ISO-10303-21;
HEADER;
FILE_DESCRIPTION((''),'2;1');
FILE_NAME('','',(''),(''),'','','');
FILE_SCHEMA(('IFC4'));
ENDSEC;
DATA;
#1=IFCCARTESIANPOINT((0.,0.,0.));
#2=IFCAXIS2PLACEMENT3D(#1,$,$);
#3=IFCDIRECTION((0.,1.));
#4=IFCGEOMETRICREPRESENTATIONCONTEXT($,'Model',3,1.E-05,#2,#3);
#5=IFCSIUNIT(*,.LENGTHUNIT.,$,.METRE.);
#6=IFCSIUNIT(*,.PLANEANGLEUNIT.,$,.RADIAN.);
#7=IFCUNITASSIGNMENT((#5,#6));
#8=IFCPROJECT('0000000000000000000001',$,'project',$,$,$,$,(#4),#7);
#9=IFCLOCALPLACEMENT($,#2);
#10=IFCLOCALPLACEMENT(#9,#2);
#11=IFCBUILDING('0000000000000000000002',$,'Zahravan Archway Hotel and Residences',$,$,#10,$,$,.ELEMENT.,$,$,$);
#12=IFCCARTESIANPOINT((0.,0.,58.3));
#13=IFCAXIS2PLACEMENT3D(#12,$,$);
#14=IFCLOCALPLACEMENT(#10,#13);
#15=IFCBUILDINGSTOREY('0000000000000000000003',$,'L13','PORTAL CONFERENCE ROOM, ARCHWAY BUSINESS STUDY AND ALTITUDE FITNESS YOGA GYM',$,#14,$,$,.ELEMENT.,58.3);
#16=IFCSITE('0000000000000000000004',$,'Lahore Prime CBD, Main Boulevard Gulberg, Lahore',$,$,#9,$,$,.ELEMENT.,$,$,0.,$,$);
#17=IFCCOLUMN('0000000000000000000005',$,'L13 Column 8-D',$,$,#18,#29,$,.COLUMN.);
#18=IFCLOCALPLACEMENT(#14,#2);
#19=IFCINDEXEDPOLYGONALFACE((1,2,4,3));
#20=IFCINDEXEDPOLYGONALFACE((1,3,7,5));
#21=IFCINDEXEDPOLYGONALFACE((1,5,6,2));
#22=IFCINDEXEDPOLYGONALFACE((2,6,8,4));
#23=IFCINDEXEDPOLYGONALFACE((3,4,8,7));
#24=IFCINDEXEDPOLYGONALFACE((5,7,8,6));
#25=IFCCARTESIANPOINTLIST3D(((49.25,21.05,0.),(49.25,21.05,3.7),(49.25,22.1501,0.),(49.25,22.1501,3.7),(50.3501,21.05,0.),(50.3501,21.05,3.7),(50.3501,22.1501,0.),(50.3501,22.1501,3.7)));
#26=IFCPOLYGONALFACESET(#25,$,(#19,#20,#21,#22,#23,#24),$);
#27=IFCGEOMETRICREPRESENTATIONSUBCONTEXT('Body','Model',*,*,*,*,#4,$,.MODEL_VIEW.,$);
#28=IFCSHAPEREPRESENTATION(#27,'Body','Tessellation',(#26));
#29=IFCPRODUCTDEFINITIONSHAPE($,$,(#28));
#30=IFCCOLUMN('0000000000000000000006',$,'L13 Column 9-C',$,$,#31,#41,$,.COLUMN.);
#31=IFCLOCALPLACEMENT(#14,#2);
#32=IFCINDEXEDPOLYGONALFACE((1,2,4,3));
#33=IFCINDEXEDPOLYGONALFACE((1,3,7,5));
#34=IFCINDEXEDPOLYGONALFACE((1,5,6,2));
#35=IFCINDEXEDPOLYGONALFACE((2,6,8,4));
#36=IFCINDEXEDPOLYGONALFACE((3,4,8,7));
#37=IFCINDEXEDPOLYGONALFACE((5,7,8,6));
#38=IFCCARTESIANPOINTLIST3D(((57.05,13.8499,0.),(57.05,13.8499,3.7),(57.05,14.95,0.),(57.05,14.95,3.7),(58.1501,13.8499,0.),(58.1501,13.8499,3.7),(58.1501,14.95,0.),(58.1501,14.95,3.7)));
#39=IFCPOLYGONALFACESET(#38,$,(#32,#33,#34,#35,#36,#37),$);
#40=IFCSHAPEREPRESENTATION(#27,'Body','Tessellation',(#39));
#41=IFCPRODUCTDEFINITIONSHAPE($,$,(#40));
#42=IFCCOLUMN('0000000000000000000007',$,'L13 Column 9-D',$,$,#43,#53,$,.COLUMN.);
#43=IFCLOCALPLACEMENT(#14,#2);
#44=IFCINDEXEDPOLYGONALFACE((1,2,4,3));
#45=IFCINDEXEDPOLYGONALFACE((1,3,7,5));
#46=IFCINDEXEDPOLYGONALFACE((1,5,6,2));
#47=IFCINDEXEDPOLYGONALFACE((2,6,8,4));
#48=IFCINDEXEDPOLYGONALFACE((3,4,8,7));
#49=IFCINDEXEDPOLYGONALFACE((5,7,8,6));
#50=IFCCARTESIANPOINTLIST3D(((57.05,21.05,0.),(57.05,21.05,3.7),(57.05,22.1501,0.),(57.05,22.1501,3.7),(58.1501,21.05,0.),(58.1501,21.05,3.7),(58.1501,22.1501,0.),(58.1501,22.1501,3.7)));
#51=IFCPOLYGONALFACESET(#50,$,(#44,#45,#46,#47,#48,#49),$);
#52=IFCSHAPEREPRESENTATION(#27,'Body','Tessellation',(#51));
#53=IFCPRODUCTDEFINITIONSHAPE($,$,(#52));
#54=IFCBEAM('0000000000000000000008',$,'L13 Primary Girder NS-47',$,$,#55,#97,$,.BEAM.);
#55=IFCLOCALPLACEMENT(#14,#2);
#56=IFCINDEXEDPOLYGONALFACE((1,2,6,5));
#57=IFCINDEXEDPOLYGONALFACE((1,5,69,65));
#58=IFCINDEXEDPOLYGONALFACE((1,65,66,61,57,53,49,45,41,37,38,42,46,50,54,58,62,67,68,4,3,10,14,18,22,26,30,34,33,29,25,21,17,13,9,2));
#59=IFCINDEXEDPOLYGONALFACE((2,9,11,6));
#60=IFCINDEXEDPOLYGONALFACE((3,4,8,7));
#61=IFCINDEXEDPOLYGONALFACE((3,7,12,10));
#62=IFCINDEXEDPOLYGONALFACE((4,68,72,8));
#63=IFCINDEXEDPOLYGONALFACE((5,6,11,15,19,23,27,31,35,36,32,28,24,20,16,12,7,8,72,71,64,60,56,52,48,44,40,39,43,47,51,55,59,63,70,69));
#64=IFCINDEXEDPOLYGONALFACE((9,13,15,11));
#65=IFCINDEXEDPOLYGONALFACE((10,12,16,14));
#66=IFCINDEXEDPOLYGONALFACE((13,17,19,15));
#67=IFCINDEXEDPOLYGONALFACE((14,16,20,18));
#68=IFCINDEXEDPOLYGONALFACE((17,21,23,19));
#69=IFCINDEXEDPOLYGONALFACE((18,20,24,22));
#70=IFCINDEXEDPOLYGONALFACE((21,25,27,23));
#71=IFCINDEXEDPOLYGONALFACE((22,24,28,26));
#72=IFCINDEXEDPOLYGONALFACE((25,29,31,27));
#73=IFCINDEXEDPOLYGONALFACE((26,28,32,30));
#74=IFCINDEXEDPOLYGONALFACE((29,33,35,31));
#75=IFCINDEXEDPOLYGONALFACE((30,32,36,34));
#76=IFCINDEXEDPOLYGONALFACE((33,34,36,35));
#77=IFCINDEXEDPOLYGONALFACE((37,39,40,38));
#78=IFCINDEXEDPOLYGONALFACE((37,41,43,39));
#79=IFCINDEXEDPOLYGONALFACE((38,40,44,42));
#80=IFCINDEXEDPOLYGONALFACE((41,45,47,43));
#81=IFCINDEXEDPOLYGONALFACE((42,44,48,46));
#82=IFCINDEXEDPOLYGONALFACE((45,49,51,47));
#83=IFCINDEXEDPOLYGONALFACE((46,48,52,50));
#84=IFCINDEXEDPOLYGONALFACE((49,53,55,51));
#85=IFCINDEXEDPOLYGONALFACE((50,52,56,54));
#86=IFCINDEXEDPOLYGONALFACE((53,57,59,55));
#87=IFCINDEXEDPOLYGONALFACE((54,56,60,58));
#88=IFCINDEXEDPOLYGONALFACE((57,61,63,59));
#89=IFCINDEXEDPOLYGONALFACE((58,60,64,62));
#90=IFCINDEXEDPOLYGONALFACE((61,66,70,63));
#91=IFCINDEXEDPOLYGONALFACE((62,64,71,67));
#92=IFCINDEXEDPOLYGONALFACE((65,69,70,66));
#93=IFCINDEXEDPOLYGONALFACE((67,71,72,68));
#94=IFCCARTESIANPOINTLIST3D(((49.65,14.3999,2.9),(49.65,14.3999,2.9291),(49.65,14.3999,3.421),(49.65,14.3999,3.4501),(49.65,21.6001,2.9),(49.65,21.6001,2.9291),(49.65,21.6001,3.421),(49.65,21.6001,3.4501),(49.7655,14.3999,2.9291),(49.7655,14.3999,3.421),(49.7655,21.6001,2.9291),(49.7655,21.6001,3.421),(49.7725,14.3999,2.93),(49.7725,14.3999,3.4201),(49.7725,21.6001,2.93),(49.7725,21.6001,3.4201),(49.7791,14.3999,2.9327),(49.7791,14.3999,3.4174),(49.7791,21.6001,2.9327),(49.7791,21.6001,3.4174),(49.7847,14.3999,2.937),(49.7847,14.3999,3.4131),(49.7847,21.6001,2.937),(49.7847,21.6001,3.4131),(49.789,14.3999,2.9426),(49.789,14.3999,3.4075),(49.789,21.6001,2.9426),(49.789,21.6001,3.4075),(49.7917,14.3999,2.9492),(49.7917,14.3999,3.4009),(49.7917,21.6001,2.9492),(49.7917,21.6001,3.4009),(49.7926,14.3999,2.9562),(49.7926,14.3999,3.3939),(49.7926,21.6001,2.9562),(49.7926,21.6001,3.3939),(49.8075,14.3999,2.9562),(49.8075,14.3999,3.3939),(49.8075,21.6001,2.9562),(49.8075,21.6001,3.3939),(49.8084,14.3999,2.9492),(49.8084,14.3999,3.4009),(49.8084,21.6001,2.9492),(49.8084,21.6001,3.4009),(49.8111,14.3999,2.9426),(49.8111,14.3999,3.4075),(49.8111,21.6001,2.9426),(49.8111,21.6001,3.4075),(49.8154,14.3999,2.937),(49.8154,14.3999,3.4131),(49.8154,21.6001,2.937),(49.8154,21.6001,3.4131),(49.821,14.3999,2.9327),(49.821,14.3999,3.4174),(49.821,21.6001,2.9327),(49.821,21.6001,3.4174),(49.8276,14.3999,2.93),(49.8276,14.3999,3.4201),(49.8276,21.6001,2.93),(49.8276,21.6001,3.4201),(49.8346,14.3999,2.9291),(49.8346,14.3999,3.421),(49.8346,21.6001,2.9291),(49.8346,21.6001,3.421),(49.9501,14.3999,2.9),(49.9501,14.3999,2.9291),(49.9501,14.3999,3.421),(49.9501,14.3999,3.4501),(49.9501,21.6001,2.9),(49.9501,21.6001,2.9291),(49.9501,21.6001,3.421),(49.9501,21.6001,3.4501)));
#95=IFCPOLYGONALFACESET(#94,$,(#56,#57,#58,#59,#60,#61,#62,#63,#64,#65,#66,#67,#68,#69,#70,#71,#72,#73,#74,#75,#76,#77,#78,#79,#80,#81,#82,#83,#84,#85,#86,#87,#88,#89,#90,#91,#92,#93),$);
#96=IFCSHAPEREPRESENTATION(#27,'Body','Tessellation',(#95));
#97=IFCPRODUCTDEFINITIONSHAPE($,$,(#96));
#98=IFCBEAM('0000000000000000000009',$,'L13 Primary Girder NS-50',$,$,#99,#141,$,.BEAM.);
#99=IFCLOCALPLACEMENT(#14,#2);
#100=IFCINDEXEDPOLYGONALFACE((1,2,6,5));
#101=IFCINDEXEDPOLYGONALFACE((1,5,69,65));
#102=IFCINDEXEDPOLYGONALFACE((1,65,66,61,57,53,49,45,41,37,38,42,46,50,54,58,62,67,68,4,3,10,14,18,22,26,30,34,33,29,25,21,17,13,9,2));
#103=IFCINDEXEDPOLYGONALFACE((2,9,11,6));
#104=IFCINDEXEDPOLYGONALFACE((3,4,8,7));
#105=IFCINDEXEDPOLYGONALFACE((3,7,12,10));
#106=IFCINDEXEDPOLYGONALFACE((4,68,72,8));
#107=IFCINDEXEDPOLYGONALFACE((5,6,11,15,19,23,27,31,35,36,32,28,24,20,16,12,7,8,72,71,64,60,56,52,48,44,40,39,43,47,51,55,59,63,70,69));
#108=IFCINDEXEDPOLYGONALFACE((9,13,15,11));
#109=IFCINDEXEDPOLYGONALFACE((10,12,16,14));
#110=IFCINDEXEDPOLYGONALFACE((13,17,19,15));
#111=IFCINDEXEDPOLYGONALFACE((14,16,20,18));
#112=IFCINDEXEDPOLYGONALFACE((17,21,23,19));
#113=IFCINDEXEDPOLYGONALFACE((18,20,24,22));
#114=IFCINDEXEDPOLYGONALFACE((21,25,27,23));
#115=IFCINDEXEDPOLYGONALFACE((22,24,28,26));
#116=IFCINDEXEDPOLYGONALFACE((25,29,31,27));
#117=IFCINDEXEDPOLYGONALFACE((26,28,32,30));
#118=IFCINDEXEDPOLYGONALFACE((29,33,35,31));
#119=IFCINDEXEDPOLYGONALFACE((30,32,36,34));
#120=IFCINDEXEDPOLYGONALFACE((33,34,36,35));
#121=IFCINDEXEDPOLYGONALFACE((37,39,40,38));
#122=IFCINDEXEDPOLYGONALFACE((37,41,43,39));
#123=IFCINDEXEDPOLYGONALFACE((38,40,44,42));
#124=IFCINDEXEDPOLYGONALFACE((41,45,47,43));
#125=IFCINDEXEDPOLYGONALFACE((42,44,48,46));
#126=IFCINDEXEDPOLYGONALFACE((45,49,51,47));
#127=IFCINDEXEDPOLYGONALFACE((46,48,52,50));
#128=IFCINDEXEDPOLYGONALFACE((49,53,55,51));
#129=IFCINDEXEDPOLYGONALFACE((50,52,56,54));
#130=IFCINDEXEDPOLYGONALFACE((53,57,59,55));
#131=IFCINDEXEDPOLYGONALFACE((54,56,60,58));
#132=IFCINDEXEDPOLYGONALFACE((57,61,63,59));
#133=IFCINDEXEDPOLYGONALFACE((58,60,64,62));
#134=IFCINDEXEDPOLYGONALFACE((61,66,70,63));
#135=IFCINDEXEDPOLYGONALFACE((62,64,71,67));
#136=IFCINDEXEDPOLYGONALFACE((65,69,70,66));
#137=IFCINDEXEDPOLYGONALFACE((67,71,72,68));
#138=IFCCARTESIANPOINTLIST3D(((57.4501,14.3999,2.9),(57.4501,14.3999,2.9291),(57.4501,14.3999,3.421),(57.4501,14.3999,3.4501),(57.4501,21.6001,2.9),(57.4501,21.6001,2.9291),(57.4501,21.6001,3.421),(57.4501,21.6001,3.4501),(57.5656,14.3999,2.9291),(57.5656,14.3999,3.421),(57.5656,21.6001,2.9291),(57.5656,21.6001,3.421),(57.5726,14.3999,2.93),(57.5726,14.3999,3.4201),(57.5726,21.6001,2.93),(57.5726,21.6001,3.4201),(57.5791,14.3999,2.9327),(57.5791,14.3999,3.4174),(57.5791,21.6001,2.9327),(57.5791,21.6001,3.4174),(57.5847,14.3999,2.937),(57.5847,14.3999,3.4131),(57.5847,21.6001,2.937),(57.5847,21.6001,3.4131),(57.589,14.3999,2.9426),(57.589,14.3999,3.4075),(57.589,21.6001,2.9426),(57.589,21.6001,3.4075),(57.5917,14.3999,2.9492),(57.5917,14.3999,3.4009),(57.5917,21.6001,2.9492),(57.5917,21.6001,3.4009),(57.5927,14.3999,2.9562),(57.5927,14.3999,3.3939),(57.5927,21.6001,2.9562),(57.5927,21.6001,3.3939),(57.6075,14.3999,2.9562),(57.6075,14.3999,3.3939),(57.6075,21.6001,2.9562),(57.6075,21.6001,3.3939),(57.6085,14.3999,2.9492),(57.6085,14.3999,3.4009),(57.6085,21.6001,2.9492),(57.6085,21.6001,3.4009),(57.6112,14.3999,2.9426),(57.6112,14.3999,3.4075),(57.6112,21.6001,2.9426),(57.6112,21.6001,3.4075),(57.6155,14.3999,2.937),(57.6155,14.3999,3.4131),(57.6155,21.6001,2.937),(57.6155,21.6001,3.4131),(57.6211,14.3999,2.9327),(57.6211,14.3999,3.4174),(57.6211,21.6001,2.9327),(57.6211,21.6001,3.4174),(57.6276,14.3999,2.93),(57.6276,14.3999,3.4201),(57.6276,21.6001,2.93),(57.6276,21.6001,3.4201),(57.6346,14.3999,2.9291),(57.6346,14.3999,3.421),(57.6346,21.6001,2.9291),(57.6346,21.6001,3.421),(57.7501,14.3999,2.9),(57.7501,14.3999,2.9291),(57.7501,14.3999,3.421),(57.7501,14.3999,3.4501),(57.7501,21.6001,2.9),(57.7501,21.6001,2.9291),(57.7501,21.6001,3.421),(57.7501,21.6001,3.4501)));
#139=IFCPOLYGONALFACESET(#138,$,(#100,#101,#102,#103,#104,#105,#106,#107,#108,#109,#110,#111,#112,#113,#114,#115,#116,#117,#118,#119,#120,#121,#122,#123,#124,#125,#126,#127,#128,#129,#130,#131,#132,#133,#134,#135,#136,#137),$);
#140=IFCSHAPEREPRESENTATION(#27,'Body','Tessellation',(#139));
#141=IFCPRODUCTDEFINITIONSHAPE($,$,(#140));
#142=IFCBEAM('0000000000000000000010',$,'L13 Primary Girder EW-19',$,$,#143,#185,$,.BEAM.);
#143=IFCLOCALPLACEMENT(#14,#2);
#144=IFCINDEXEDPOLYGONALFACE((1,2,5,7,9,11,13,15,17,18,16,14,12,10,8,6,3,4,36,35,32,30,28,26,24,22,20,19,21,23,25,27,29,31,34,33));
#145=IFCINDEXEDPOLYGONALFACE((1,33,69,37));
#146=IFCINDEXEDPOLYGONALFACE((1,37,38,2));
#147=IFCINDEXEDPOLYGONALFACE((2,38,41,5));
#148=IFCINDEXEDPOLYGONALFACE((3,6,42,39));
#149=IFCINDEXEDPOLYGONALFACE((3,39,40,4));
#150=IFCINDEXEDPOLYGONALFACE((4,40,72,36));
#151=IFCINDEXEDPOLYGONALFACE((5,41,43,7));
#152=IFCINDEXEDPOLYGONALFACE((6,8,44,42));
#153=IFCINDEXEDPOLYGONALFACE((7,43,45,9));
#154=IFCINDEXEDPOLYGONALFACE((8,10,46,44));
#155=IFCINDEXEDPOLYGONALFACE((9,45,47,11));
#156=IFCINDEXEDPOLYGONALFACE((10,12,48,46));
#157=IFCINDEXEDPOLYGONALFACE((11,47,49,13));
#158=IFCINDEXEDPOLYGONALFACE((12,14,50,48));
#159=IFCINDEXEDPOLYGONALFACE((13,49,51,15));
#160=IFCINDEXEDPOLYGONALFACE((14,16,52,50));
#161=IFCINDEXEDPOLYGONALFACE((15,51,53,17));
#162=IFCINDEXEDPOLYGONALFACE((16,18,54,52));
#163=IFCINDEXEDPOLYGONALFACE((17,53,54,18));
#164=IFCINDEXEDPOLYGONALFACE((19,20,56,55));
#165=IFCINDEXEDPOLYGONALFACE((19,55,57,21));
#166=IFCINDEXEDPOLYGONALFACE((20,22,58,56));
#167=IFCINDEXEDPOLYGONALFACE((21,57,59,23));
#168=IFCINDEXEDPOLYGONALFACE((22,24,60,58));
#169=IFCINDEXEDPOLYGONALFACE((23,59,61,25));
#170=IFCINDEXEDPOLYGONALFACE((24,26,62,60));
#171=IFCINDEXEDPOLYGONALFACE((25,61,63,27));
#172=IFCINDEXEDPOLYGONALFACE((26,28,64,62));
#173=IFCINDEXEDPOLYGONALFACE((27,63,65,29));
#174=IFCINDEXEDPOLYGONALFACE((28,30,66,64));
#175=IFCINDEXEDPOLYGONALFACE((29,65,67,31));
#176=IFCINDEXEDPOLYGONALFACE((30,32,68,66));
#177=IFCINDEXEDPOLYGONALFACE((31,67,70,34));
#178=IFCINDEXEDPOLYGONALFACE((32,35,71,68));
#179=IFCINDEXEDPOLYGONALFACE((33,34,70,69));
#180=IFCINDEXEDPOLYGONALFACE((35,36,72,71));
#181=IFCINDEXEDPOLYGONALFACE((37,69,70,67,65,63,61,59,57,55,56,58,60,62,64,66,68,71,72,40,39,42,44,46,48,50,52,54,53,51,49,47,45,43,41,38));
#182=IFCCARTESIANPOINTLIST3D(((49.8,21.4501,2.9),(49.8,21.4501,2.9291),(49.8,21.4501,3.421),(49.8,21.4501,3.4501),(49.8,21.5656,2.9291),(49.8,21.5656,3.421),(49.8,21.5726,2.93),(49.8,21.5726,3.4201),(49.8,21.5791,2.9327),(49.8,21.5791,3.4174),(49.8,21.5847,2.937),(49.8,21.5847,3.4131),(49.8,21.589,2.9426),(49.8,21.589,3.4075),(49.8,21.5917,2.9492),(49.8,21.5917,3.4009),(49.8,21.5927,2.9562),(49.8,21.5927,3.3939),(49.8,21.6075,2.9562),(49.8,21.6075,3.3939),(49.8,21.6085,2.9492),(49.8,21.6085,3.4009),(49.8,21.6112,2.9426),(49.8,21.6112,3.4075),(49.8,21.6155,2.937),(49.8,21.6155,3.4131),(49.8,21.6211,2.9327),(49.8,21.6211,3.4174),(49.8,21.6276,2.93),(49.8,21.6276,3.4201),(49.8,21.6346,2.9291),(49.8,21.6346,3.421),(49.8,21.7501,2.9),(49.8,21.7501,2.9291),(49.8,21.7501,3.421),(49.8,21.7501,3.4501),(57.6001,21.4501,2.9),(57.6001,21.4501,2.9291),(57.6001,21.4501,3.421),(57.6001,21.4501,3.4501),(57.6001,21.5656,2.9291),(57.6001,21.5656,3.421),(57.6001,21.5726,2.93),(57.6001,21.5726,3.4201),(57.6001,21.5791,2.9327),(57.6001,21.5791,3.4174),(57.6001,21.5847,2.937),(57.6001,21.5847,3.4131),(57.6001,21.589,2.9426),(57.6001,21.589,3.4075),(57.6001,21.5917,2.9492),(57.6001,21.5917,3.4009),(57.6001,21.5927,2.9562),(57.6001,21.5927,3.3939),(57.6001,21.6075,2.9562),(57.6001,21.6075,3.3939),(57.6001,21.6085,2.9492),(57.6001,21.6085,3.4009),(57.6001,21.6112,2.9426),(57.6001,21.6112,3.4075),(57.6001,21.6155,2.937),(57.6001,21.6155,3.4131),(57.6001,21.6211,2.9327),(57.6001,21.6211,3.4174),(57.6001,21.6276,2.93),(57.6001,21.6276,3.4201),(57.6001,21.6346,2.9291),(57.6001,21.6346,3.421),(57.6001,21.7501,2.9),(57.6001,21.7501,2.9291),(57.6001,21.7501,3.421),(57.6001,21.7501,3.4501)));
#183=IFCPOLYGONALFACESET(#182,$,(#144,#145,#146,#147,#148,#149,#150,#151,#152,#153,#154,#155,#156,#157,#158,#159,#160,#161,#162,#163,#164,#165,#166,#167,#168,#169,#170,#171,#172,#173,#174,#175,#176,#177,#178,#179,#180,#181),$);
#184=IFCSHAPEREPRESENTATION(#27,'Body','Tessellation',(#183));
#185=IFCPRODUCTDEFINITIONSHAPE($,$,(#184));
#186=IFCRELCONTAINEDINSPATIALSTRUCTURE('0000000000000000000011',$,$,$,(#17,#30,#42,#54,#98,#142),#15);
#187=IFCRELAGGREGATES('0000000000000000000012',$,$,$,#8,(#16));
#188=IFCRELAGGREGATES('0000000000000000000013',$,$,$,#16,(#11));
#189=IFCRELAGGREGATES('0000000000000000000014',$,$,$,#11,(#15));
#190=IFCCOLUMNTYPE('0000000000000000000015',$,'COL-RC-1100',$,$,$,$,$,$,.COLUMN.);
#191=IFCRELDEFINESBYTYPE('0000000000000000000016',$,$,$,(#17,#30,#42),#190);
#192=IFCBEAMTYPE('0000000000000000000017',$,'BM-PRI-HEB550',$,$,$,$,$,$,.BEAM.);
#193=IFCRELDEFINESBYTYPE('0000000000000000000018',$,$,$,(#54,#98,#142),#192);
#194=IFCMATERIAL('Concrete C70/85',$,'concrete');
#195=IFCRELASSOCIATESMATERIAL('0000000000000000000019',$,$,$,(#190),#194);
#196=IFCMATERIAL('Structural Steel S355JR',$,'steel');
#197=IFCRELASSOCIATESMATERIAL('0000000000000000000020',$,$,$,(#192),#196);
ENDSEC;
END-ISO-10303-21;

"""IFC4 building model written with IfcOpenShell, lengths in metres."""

from ifc_helpers import new_model, si_unit, direction, frame, origin, origin_2d, place, context, subcontext, project, spatial, rectangle, i_section, extrude, source, transform, mapped, material, material_profile, profile_set, type_object, type_shapes, element, save


model = new_model("IFC4")

# Units and contexts
model_context = context("Model", 3, precision=1e-05, world=origin(), true_north=direction((0.0, 1.0)))
body_context = subcontext(model_context, "Body", "Model", "MODEL_VIEW")
ifc_project = project(units=[si_unit("LENGTHUNIT", "METRE"), si_unit("PLANEANGLEUNIT", "RADIAN")], contexts=[model_context])

# Site, building, storey
site_placement = place(None, origin())
site = spatial("IfcSite", under=ifc_project, at=site_placement, Name="Lahore Prime CBD, Main Boulevard Gulberg, Lahore", CompositionType="ELEMENT", RefElevation=0.0)
building_placement = place(site_placement, origin())
building = spatial("IfcBuilding", under=site, at=building_placement, Name="Zahravan Archway Hotel and Residences", CompositionType="ELEMENT")
storey_placement = place(building_placement, frame((0.0, 0.0, 58.3)))
storey = spatial("IfcBuildingStorey", under=building, at=storey_placement, Name="L13", Description="PORTAL CONFERENCE ROOM, ARCHWAY BUSINESS STUDY AND ALTITUDE FITNESS YOGA GYM", CompositionType="ELEMENT", Elevation=58.3)

# Columns
ifc_material_1 = material(Name="Concrete C70/85", Category="concrete")
ifc_material_profile_1 = material_profile(ifc_material_1, rectangle(XDim=1.1001, YDim=1.1001, at=origin_2d()), Name="RC 1100x1100", Category="concrete")
ifc_profile_set_1 = profile_set([ifc_material_profile_1], Name="Concrete C70/85")
column_type = type_object("IfcColumnType", Name="COL-RC-1100", PredefinedType="COLUMN", material=ifc_profile_set_1)
shared_shape_1 = source(origin(), body_context, "Body", "SweptSolid", [
    extrude(rectangle(XDim=1.1001, YDim=1.1001, at=origin_2d()), origin(), (0.0, 0.0, 1.0), 3.7),
])
for number, where, z_axis, x_axis, name in (
    (1, (49.8, 21.6001, 0.0), (0.0, 0.0, 1.0), (1.0, 0.0, 0.0), "L13 Column 8-D"),
    (2, (57.6001, 14.3999, 0.0), (0.0, 0.0, 1.0), (1.0, 0.0, 0.0), "L13 Column 9-C"),
    (3, (57.6001, 21.6001, 0.0), (0.0, 0.0, 1.0), (1.0, 0.0, 0.0), "L13 Column 9-D"),
):
    element("IfcColumn", number, at=place(storey_placement, frame(where, z_axis=z_axis, x_axis=x_axis)), inside=storey, type_object=column_type, Name=name, PredefinedType="COLUMN", context=body_context, shape_type="MappedRepresentation", body=[
        mapped(shared_shape_1, transform((0.0, 0.0, 0.0), scale=1.0)),
    ])

# Beams
ifc_material_2 = material(Name="Structural Steel S355JR", Category="steel")
ifc_material_profile_2 = material_profile(ifc_material_2, i_section(OverallWidth=0.3, OverallDepth=0.55, WebThickness=0.0149, FlangeThickness=0.0291, FilletRadius=0.0271, at=origin_2d()), Name="HEB 550", Category="steel")
ifc_profile_set_2 = profile_set([ifc_material_profile_2], Name="Structural Steel S355JR")
beam_type_1 = type_object("IfcBeamType", Name="BM-PRI-HEB550", PredefinedType="BEAM", material=ifc_profile_set_2)
shared_shape_2 = source(origin(), body_context, "Body", "SweptSolid", [
    extrude(i_section(OverallWidth=0.3, OverallDepth=0.55, WebThickness=0.0149, FlangeThickness=0.0291, FilletRadius=0.0271, at=origin_2d()), origin(), (0.0, 0.0, 1.0), 7.2002),
])
type_shapes(beam_type_1, [shared_shape_2])
for number, where, z_axis, x_axis, name in (
    (4, (49.8, 14.3999, 3.175), (0.0, 1.0, 0.0), (-1.0, 0.0, 0.0), "L13 Primary Girder NS-47"),
    (5, (57.6001, 14.3999, 3.175), (0.0, 1.0, 0.0), (-1.0, 0.0, 0.0), "L13 Primary Girder NS-50"),
):
    element("IfcBeam", number, at=place(storey_placement, frame(where, z_axis=z_axis, x_axis=x_axis)), inside=storey, type_object=beam_type_1, Name=name, PredefinedType="BEAM", context=body_context, shape_type="MappedRepresentation", body=[
        mapped(shared_shape_2, transform((0.0, 0.0, 0.0), scale=1.0)),
    ])
shared_shape_3 = source(origin(), body_context, "Body", "SweptSolid", [
    extrude(i_section(OverallWidth=0.3, OverallDepth=0.55, WebThickness=0.0149, FlangeThickness=0.0291, FilletRadius=0.0271, at=origin_2d()), origin(), (0.0, 0.0, 1.0), 7.8),
])
beam_1_placement = place(storey_placement, frame((49.8, 21.6001, 3.175), z_axis=(1.0, 0.0, 0.0), x_axis=(0.0, 1.0, 0.0)))
element("IfcBeam", 6, at=beam_1_placement, inside=storey, type_object=beam_type_1, Name="L13 Primary Girder EW-19", PredefinedType="BEAM", context=body_context, shape_type="MappedRepresentation", body=[
    mapped(shared_shape_3, transform((0.0, 0.0, 0.0), scale=1.0)),
])

save(model, "model.ifc")
